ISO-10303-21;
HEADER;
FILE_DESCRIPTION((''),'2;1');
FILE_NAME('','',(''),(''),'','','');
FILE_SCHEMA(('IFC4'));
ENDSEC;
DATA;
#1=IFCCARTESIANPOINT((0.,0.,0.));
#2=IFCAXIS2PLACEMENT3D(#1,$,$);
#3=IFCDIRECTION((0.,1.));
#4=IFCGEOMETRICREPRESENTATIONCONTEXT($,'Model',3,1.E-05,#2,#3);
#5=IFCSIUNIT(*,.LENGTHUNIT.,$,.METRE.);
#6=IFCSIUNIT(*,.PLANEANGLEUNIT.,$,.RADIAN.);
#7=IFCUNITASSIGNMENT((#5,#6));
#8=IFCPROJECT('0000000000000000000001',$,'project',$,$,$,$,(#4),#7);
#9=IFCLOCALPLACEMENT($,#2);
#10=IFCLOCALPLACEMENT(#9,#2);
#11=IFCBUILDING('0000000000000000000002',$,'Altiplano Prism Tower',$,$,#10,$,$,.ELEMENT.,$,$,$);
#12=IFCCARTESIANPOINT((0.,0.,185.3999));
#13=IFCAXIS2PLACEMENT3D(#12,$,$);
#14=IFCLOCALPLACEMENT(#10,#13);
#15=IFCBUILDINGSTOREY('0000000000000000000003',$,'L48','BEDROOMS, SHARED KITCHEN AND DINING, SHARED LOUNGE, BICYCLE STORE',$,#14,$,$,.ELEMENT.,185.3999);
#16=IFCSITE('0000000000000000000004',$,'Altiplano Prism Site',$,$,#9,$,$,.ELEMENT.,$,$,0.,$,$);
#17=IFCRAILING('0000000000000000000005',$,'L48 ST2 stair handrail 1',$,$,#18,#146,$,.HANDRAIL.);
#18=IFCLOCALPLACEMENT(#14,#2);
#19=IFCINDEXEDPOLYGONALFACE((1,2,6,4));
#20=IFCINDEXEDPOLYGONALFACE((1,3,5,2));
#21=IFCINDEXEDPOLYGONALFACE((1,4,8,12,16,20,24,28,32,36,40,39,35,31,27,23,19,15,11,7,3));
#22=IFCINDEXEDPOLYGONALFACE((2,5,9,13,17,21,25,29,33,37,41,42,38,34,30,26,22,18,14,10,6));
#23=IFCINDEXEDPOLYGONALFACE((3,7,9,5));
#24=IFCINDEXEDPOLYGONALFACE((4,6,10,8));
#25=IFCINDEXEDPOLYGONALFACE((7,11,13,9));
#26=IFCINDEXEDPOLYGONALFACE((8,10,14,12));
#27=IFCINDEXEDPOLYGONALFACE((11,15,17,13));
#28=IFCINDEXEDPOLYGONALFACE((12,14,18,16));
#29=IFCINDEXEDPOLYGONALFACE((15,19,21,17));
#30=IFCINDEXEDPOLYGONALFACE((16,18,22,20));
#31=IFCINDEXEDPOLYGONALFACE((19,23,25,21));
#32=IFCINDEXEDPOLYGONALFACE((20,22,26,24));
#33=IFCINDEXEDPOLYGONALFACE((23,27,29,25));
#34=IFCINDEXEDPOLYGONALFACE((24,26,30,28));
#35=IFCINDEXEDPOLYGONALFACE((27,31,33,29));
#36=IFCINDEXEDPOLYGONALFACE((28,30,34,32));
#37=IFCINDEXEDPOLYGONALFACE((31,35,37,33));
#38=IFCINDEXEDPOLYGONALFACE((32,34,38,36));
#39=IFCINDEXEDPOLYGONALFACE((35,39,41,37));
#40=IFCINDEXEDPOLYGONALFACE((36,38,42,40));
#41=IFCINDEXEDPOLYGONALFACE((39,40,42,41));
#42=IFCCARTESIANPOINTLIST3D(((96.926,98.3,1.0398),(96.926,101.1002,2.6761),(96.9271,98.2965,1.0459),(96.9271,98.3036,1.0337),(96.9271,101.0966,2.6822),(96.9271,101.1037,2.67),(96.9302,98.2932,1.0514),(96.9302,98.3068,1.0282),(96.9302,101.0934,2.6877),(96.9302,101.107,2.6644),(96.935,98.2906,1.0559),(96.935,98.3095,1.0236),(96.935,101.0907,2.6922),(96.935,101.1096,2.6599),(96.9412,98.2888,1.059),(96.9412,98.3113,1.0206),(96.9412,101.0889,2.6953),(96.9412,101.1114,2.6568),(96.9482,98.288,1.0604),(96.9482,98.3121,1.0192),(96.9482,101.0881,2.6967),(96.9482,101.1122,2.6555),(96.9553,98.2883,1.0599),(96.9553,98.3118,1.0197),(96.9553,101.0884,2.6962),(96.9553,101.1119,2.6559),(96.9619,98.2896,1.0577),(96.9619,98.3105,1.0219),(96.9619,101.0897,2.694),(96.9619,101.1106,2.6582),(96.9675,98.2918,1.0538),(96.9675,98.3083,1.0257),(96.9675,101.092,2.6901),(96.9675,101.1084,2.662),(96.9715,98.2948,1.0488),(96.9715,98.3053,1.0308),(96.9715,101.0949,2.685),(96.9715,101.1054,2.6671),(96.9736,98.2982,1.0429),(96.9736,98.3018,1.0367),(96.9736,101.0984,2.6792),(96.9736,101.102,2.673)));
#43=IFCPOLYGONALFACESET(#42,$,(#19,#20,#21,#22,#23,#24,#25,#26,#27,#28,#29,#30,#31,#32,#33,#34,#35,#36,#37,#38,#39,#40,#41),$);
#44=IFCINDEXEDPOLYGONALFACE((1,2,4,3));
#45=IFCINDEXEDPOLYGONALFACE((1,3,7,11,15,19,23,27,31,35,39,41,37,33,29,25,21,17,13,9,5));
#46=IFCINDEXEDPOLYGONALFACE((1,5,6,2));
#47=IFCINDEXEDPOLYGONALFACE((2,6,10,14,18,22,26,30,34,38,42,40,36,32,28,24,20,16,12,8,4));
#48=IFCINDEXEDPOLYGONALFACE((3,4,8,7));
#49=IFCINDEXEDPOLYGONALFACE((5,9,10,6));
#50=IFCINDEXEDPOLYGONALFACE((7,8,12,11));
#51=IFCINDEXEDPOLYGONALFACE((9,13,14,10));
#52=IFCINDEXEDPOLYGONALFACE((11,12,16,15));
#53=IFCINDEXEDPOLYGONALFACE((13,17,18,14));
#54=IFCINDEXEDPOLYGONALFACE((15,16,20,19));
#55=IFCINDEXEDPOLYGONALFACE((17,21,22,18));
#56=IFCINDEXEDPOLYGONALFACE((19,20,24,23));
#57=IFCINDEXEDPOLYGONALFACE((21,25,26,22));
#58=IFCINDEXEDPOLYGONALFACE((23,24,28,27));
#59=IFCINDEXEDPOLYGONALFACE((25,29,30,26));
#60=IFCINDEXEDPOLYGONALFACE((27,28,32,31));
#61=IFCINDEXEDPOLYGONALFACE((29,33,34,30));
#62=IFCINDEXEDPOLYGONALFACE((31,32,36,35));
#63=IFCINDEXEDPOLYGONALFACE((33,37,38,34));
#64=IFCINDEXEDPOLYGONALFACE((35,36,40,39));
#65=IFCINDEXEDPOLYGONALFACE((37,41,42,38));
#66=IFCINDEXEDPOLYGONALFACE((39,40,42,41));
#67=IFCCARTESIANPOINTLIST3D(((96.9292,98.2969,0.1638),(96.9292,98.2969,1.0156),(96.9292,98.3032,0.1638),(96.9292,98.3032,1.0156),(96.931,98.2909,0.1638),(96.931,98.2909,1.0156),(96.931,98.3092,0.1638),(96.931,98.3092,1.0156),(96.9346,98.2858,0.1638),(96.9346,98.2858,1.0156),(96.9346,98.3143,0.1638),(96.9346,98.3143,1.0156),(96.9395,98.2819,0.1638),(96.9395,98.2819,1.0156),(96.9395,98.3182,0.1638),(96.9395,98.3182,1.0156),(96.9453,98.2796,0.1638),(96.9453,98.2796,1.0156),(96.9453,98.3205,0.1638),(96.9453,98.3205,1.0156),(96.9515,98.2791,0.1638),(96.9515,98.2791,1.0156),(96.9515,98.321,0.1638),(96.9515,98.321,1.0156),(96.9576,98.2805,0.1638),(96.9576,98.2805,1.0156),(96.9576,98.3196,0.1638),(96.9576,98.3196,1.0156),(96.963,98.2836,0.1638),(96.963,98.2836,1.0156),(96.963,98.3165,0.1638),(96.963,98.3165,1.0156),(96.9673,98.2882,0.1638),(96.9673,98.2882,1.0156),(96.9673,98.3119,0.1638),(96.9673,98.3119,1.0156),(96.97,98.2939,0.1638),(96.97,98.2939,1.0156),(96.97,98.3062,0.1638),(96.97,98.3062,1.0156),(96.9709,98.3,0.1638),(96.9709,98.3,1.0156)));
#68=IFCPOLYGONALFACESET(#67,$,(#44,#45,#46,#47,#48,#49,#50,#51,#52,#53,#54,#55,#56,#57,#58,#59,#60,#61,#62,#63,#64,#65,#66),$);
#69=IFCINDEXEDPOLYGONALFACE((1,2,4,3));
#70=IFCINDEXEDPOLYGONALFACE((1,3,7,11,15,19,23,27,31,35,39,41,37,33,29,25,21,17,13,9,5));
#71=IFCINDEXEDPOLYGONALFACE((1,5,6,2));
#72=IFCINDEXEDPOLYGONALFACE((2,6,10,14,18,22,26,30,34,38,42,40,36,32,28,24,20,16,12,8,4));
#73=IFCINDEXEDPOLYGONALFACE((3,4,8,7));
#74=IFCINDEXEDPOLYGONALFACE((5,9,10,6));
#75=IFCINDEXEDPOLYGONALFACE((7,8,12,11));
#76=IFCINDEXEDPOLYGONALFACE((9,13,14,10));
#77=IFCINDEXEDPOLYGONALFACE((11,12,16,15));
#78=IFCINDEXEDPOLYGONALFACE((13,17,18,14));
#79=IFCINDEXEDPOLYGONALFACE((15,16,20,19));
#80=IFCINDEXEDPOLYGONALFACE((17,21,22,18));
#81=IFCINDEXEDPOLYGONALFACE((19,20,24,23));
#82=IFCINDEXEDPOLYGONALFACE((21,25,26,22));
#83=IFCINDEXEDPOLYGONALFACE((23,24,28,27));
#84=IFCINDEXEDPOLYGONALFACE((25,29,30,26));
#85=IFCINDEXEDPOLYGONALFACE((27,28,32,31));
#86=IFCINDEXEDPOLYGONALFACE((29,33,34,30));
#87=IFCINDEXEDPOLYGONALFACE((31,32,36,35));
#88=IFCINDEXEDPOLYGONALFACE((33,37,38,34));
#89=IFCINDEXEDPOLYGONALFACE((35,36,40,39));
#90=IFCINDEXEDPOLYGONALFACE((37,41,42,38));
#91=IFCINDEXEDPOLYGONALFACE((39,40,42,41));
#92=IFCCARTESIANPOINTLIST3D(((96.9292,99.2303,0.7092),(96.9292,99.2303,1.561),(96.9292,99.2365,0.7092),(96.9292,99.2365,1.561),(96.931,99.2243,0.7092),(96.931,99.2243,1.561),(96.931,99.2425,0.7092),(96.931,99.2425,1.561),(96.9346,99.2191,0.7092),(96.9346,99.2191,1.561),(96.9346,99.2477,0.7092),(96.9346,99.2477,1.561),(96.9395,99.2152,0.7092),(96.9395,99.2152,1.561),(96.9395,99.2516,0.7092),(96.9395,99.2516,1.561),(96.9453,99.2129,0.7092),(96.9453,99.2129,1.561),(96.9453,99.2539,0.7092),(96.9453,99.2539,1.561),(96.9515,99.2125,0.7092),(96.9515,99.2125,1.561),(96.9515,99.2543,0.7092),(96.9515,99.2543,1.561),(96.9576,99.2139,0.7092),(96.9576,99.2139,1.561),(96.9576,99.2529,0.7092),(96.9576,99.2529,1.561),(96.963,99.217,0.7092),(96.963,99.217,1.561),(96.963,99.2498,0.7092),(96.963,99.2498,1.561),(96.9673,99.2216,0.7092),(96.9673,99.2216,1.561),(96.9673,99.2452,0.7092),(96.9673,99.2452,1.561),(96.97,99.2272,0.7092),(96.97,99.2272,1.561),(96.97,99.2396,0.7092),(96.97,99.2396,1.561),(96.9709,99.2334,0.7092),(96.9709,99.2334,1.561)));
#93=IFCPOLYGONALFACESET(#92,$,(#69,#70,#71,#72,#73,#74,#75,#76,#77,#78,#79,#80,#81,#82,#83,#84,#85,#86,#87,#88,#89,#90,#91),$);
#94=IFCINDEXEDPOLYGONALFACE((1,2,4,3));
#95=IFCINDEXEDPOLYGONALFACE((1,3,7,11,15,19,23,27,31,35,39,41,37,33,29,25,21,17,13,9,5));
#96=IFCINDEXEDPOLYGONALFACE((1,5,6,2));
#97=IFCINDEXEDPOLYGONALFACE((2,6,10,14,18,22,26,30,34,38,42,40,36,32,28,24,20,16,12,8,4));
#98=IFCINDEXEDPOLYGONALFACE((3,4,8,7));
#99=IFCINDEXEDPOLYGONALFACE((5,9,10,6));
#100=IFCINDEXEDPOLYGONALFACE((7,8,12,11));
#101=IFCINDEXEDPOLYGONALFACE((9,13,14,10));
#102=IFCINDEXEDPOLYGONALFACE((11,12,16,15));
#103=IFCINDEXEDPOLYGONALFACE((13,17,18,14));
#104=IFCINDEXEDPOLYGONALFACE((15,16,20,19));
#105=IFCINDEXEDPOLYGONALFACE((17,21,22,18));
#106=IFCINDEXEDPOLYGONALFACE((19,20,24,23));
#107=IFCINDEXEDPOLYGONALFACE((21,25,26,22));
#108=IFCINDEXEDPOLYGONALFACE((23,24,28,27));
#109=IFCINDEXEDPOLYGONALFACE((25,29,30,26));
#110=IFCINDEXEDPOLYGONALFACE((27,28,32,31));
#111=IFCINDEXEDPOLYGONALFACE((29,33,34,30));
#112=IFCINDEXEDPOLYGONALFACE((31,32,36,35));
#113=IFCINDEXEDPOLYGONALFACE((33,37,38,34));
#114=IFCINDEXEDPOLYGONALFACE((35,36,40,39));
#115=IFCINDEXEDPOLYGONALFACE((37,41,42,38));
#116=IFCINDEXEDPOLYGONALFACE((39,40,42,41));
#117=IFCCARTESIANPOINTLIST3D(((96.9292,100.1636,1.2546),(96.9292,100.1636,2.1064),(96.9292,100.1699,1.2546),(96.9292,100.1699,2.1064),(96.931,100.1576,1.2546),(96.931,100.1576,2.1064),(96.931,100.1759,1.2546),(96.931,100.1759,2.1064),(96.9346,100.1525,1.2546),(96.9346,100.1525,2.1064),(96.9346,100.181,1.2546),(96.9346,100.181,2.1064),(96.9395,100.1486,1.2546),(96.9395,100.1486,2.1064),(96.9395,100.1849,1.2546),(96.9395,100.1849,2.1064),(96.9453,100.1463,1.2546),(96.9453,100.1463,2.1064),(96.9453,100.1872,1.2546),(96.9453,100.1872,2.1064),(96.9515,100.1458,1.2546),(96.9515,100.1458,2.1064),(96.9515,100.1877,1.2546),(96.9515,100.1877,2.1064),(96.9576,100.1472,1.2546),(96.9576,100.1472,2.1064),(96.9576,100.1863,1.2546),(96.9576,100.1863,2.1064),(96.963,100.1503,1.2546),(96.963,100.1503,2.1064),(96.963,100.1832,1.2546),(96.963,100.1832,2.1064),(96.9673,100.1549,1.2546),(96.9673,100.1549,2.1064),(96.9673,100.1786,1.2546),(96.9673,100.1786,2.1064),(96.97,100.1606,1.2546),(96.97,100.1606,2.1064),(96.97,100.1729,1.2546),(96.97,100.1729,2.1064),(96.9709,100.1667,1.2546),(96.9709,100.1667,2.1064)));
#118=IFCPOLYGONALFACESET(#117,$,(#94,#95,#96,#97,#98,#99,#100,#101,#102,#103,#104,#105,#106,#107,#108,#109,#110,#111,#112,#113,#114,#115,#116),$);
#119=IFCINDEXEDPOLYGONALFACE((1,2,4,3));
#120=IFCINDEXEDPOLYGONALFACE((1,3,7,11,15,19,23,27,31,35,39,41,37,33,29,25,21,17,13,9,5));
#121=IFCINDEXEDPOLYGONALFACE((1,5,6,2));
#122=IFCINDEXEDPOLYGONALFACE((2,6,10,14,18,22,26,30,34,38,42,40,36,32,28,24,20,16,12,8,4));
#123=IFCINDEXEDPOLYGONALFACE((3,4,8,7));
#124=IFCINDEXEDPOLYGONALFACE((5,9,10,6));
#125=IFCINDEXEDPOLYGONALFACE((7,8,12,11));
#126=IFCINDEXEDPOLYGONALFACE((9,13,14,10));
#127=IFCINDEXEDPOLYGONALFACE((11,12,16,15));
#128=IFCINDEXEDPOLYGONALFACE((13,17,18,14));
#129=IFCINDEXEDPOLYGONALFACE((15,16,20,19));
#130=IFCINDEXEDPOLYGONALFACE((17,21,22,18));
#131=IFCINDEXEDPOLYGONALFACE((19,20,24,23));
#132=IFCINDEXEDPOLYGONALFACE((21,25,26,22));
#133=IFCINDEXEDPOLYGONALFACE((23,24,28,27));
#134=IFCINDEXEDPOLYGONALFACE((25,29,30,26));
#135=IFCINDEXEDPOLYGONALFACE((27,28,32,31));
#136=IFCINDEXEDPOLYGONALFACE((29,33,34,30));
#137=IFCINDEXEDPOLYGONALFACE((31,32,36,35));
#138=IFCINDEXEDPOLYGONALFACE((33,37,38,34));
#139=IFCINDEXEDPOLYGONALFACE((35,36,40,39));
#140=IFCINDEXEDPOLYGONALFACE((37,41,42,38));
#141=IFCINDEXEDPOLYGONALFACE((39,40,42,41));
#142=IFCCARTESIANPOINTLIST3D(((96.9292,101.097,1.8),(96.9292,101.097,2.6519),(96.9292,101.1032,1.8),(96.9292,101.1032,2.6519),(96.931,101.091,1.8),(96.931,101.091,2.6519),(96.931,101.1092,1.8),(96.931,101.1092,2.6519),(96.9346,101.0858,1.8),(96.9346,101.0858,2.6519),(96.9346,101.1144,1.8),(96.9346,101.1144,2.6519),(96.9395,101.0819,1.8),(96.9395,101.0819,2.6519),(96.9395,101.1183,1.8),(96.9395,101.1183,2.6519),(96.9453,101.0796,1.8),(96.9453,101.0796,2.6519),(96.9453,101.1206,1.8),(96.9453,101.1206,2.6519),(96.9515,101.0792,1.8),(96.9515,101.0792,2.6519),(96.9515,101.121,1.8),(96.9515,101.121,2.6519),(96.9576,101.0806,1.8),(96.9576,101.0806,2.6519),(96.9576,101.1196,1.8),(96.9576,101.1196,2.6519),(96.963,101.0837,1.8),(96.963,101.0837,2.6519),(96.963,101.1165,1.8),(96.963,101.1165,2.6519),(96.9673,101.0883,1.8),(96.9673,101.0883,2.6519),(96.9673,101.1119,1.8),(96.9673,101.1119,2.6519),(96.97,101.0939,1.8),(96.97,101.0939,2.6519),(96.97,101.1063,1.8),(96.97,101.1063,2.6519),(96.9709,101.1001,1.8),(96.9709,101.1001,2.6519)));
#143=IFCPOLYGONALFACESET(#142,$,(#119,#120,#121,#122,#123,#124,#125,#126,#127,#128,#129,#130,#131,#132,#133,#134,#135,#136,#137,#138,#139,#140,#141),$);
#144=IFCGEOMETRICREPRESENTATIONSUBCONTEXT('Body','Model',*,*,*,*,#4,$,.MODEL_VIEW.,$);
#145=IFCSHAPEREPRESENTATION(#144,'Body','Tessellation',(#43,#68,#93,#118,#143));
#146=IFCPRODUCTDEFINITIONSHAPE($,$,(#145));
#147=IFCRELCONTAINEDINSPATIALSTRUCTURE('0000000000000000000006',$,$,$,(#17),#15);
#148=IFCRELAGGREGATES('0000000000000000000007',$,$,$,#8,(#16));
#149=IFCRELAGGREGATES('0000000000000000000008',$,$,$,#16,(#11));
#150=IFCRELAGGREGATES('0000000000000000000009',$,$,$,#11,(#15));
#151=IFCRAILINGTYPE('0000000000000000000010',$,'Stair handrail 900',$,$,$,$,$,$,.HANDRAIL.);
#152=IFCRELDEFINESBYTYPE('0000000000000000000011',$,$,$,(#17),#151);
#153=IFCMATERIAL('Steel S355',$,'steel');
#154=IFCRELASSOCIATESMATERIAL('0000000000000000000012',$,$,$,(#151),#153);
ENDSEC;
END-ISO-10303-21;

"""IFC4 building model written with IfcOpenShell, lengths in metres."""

from ifc_helpers import new_model, si_unit, direction, frame, origin, origin_2d, place, context, subcontext, project, spatial, circle, extrude, material, type_object, element, save


model = new_model("IFC4")

# Units and contexts
model_context = context("Model", 3, precision=1e-05, world=origin(), true_north=direction((0.0, 1.0)))
body_context = subcontext(model_context, "Body", "Model", "MODEL_VIEW")
ifc_project = project(units=[si_unit("LENGTHUNIT", "METRE"), si_unit("PLANEANGLEUNIT", "RADIAN")], contexts=[model_context])

# Site, building, storey
site_placement = place(None, origin())
site = spatial("IfcSite", under=ifc_project, at=site_placement, Name="Altiplano Prism Site", CompositionType="ELEMENT", RefElevation=0.0)
building_placement = place(site_placement, origin())
building = spatial("IfcBuilding", under=site, at=building_placement, Name="Altiplano Prism Tower", CompositionType="ELEMENT")
storey_placement = place(building_placement, frame((0.0, 0.0, 185.3999)))
storey = spatial("IfcBuildingStorey", under=building, at=storey_placement, Name="L48", Description="BEDROOMS, SHARED KITCHEN AND DINING, SHARED LOUNGE, BICYCLE STORE", CompositionType="ELEMENT", Elevation=185.3999)

# Shared definitions
ifc_material_1 = material(Name="Steel S355", Category="steel")

# Railing
railing_type = type_object("IfcRailingType", Name="Stair handrail 900", PredefinedType="HANDRAIL", material=ifc_material_1)
railing_placement = place(storey_placement, frame((96.95, 98.3, 0.1638)))
element("IfcRailing", 1, at=railing_placement, inside=storey, type_object=railing_type, Name="L48 ST2 stair handrail 1", PredefinedType="HANDRAIL", context=body_context, shape_type="SweptSolid", body=[
    extrude(circle(Radius=0.0239, at=origin_2d()), frame((0.0, 0.0, 0.876), z_axis=(0.0, 0.863394, 0.504531), x_axis=(-1.0, 0.0, 0.0)), (0.0, 0.0, 1.0), 3.2432),
    extrude(circle(Radius=0.021, at=origin_2d()), origin(), (0.0, 0.0, 1.0), 0.8518),
    extrude(circle(Radius=0.021, at=origin_2d()), frame((0.0, 0.9333, 0.5454)), (0.0, 0.0, 1.0), 0.8518),
    extrude(circle(Radius=0.021, at=origin_2d()), frame((0.0, 1.8667, 1.0908)), (0.0, 0.0, 1.0), 0.8518),
    extrude(circle(Radius=0.021, at=origin_2d()), frame((0.0, 2.8, 1.6362)), (0.0, 0.0, 1.0), 0.8518),
])

save(model, "model.ifc")
